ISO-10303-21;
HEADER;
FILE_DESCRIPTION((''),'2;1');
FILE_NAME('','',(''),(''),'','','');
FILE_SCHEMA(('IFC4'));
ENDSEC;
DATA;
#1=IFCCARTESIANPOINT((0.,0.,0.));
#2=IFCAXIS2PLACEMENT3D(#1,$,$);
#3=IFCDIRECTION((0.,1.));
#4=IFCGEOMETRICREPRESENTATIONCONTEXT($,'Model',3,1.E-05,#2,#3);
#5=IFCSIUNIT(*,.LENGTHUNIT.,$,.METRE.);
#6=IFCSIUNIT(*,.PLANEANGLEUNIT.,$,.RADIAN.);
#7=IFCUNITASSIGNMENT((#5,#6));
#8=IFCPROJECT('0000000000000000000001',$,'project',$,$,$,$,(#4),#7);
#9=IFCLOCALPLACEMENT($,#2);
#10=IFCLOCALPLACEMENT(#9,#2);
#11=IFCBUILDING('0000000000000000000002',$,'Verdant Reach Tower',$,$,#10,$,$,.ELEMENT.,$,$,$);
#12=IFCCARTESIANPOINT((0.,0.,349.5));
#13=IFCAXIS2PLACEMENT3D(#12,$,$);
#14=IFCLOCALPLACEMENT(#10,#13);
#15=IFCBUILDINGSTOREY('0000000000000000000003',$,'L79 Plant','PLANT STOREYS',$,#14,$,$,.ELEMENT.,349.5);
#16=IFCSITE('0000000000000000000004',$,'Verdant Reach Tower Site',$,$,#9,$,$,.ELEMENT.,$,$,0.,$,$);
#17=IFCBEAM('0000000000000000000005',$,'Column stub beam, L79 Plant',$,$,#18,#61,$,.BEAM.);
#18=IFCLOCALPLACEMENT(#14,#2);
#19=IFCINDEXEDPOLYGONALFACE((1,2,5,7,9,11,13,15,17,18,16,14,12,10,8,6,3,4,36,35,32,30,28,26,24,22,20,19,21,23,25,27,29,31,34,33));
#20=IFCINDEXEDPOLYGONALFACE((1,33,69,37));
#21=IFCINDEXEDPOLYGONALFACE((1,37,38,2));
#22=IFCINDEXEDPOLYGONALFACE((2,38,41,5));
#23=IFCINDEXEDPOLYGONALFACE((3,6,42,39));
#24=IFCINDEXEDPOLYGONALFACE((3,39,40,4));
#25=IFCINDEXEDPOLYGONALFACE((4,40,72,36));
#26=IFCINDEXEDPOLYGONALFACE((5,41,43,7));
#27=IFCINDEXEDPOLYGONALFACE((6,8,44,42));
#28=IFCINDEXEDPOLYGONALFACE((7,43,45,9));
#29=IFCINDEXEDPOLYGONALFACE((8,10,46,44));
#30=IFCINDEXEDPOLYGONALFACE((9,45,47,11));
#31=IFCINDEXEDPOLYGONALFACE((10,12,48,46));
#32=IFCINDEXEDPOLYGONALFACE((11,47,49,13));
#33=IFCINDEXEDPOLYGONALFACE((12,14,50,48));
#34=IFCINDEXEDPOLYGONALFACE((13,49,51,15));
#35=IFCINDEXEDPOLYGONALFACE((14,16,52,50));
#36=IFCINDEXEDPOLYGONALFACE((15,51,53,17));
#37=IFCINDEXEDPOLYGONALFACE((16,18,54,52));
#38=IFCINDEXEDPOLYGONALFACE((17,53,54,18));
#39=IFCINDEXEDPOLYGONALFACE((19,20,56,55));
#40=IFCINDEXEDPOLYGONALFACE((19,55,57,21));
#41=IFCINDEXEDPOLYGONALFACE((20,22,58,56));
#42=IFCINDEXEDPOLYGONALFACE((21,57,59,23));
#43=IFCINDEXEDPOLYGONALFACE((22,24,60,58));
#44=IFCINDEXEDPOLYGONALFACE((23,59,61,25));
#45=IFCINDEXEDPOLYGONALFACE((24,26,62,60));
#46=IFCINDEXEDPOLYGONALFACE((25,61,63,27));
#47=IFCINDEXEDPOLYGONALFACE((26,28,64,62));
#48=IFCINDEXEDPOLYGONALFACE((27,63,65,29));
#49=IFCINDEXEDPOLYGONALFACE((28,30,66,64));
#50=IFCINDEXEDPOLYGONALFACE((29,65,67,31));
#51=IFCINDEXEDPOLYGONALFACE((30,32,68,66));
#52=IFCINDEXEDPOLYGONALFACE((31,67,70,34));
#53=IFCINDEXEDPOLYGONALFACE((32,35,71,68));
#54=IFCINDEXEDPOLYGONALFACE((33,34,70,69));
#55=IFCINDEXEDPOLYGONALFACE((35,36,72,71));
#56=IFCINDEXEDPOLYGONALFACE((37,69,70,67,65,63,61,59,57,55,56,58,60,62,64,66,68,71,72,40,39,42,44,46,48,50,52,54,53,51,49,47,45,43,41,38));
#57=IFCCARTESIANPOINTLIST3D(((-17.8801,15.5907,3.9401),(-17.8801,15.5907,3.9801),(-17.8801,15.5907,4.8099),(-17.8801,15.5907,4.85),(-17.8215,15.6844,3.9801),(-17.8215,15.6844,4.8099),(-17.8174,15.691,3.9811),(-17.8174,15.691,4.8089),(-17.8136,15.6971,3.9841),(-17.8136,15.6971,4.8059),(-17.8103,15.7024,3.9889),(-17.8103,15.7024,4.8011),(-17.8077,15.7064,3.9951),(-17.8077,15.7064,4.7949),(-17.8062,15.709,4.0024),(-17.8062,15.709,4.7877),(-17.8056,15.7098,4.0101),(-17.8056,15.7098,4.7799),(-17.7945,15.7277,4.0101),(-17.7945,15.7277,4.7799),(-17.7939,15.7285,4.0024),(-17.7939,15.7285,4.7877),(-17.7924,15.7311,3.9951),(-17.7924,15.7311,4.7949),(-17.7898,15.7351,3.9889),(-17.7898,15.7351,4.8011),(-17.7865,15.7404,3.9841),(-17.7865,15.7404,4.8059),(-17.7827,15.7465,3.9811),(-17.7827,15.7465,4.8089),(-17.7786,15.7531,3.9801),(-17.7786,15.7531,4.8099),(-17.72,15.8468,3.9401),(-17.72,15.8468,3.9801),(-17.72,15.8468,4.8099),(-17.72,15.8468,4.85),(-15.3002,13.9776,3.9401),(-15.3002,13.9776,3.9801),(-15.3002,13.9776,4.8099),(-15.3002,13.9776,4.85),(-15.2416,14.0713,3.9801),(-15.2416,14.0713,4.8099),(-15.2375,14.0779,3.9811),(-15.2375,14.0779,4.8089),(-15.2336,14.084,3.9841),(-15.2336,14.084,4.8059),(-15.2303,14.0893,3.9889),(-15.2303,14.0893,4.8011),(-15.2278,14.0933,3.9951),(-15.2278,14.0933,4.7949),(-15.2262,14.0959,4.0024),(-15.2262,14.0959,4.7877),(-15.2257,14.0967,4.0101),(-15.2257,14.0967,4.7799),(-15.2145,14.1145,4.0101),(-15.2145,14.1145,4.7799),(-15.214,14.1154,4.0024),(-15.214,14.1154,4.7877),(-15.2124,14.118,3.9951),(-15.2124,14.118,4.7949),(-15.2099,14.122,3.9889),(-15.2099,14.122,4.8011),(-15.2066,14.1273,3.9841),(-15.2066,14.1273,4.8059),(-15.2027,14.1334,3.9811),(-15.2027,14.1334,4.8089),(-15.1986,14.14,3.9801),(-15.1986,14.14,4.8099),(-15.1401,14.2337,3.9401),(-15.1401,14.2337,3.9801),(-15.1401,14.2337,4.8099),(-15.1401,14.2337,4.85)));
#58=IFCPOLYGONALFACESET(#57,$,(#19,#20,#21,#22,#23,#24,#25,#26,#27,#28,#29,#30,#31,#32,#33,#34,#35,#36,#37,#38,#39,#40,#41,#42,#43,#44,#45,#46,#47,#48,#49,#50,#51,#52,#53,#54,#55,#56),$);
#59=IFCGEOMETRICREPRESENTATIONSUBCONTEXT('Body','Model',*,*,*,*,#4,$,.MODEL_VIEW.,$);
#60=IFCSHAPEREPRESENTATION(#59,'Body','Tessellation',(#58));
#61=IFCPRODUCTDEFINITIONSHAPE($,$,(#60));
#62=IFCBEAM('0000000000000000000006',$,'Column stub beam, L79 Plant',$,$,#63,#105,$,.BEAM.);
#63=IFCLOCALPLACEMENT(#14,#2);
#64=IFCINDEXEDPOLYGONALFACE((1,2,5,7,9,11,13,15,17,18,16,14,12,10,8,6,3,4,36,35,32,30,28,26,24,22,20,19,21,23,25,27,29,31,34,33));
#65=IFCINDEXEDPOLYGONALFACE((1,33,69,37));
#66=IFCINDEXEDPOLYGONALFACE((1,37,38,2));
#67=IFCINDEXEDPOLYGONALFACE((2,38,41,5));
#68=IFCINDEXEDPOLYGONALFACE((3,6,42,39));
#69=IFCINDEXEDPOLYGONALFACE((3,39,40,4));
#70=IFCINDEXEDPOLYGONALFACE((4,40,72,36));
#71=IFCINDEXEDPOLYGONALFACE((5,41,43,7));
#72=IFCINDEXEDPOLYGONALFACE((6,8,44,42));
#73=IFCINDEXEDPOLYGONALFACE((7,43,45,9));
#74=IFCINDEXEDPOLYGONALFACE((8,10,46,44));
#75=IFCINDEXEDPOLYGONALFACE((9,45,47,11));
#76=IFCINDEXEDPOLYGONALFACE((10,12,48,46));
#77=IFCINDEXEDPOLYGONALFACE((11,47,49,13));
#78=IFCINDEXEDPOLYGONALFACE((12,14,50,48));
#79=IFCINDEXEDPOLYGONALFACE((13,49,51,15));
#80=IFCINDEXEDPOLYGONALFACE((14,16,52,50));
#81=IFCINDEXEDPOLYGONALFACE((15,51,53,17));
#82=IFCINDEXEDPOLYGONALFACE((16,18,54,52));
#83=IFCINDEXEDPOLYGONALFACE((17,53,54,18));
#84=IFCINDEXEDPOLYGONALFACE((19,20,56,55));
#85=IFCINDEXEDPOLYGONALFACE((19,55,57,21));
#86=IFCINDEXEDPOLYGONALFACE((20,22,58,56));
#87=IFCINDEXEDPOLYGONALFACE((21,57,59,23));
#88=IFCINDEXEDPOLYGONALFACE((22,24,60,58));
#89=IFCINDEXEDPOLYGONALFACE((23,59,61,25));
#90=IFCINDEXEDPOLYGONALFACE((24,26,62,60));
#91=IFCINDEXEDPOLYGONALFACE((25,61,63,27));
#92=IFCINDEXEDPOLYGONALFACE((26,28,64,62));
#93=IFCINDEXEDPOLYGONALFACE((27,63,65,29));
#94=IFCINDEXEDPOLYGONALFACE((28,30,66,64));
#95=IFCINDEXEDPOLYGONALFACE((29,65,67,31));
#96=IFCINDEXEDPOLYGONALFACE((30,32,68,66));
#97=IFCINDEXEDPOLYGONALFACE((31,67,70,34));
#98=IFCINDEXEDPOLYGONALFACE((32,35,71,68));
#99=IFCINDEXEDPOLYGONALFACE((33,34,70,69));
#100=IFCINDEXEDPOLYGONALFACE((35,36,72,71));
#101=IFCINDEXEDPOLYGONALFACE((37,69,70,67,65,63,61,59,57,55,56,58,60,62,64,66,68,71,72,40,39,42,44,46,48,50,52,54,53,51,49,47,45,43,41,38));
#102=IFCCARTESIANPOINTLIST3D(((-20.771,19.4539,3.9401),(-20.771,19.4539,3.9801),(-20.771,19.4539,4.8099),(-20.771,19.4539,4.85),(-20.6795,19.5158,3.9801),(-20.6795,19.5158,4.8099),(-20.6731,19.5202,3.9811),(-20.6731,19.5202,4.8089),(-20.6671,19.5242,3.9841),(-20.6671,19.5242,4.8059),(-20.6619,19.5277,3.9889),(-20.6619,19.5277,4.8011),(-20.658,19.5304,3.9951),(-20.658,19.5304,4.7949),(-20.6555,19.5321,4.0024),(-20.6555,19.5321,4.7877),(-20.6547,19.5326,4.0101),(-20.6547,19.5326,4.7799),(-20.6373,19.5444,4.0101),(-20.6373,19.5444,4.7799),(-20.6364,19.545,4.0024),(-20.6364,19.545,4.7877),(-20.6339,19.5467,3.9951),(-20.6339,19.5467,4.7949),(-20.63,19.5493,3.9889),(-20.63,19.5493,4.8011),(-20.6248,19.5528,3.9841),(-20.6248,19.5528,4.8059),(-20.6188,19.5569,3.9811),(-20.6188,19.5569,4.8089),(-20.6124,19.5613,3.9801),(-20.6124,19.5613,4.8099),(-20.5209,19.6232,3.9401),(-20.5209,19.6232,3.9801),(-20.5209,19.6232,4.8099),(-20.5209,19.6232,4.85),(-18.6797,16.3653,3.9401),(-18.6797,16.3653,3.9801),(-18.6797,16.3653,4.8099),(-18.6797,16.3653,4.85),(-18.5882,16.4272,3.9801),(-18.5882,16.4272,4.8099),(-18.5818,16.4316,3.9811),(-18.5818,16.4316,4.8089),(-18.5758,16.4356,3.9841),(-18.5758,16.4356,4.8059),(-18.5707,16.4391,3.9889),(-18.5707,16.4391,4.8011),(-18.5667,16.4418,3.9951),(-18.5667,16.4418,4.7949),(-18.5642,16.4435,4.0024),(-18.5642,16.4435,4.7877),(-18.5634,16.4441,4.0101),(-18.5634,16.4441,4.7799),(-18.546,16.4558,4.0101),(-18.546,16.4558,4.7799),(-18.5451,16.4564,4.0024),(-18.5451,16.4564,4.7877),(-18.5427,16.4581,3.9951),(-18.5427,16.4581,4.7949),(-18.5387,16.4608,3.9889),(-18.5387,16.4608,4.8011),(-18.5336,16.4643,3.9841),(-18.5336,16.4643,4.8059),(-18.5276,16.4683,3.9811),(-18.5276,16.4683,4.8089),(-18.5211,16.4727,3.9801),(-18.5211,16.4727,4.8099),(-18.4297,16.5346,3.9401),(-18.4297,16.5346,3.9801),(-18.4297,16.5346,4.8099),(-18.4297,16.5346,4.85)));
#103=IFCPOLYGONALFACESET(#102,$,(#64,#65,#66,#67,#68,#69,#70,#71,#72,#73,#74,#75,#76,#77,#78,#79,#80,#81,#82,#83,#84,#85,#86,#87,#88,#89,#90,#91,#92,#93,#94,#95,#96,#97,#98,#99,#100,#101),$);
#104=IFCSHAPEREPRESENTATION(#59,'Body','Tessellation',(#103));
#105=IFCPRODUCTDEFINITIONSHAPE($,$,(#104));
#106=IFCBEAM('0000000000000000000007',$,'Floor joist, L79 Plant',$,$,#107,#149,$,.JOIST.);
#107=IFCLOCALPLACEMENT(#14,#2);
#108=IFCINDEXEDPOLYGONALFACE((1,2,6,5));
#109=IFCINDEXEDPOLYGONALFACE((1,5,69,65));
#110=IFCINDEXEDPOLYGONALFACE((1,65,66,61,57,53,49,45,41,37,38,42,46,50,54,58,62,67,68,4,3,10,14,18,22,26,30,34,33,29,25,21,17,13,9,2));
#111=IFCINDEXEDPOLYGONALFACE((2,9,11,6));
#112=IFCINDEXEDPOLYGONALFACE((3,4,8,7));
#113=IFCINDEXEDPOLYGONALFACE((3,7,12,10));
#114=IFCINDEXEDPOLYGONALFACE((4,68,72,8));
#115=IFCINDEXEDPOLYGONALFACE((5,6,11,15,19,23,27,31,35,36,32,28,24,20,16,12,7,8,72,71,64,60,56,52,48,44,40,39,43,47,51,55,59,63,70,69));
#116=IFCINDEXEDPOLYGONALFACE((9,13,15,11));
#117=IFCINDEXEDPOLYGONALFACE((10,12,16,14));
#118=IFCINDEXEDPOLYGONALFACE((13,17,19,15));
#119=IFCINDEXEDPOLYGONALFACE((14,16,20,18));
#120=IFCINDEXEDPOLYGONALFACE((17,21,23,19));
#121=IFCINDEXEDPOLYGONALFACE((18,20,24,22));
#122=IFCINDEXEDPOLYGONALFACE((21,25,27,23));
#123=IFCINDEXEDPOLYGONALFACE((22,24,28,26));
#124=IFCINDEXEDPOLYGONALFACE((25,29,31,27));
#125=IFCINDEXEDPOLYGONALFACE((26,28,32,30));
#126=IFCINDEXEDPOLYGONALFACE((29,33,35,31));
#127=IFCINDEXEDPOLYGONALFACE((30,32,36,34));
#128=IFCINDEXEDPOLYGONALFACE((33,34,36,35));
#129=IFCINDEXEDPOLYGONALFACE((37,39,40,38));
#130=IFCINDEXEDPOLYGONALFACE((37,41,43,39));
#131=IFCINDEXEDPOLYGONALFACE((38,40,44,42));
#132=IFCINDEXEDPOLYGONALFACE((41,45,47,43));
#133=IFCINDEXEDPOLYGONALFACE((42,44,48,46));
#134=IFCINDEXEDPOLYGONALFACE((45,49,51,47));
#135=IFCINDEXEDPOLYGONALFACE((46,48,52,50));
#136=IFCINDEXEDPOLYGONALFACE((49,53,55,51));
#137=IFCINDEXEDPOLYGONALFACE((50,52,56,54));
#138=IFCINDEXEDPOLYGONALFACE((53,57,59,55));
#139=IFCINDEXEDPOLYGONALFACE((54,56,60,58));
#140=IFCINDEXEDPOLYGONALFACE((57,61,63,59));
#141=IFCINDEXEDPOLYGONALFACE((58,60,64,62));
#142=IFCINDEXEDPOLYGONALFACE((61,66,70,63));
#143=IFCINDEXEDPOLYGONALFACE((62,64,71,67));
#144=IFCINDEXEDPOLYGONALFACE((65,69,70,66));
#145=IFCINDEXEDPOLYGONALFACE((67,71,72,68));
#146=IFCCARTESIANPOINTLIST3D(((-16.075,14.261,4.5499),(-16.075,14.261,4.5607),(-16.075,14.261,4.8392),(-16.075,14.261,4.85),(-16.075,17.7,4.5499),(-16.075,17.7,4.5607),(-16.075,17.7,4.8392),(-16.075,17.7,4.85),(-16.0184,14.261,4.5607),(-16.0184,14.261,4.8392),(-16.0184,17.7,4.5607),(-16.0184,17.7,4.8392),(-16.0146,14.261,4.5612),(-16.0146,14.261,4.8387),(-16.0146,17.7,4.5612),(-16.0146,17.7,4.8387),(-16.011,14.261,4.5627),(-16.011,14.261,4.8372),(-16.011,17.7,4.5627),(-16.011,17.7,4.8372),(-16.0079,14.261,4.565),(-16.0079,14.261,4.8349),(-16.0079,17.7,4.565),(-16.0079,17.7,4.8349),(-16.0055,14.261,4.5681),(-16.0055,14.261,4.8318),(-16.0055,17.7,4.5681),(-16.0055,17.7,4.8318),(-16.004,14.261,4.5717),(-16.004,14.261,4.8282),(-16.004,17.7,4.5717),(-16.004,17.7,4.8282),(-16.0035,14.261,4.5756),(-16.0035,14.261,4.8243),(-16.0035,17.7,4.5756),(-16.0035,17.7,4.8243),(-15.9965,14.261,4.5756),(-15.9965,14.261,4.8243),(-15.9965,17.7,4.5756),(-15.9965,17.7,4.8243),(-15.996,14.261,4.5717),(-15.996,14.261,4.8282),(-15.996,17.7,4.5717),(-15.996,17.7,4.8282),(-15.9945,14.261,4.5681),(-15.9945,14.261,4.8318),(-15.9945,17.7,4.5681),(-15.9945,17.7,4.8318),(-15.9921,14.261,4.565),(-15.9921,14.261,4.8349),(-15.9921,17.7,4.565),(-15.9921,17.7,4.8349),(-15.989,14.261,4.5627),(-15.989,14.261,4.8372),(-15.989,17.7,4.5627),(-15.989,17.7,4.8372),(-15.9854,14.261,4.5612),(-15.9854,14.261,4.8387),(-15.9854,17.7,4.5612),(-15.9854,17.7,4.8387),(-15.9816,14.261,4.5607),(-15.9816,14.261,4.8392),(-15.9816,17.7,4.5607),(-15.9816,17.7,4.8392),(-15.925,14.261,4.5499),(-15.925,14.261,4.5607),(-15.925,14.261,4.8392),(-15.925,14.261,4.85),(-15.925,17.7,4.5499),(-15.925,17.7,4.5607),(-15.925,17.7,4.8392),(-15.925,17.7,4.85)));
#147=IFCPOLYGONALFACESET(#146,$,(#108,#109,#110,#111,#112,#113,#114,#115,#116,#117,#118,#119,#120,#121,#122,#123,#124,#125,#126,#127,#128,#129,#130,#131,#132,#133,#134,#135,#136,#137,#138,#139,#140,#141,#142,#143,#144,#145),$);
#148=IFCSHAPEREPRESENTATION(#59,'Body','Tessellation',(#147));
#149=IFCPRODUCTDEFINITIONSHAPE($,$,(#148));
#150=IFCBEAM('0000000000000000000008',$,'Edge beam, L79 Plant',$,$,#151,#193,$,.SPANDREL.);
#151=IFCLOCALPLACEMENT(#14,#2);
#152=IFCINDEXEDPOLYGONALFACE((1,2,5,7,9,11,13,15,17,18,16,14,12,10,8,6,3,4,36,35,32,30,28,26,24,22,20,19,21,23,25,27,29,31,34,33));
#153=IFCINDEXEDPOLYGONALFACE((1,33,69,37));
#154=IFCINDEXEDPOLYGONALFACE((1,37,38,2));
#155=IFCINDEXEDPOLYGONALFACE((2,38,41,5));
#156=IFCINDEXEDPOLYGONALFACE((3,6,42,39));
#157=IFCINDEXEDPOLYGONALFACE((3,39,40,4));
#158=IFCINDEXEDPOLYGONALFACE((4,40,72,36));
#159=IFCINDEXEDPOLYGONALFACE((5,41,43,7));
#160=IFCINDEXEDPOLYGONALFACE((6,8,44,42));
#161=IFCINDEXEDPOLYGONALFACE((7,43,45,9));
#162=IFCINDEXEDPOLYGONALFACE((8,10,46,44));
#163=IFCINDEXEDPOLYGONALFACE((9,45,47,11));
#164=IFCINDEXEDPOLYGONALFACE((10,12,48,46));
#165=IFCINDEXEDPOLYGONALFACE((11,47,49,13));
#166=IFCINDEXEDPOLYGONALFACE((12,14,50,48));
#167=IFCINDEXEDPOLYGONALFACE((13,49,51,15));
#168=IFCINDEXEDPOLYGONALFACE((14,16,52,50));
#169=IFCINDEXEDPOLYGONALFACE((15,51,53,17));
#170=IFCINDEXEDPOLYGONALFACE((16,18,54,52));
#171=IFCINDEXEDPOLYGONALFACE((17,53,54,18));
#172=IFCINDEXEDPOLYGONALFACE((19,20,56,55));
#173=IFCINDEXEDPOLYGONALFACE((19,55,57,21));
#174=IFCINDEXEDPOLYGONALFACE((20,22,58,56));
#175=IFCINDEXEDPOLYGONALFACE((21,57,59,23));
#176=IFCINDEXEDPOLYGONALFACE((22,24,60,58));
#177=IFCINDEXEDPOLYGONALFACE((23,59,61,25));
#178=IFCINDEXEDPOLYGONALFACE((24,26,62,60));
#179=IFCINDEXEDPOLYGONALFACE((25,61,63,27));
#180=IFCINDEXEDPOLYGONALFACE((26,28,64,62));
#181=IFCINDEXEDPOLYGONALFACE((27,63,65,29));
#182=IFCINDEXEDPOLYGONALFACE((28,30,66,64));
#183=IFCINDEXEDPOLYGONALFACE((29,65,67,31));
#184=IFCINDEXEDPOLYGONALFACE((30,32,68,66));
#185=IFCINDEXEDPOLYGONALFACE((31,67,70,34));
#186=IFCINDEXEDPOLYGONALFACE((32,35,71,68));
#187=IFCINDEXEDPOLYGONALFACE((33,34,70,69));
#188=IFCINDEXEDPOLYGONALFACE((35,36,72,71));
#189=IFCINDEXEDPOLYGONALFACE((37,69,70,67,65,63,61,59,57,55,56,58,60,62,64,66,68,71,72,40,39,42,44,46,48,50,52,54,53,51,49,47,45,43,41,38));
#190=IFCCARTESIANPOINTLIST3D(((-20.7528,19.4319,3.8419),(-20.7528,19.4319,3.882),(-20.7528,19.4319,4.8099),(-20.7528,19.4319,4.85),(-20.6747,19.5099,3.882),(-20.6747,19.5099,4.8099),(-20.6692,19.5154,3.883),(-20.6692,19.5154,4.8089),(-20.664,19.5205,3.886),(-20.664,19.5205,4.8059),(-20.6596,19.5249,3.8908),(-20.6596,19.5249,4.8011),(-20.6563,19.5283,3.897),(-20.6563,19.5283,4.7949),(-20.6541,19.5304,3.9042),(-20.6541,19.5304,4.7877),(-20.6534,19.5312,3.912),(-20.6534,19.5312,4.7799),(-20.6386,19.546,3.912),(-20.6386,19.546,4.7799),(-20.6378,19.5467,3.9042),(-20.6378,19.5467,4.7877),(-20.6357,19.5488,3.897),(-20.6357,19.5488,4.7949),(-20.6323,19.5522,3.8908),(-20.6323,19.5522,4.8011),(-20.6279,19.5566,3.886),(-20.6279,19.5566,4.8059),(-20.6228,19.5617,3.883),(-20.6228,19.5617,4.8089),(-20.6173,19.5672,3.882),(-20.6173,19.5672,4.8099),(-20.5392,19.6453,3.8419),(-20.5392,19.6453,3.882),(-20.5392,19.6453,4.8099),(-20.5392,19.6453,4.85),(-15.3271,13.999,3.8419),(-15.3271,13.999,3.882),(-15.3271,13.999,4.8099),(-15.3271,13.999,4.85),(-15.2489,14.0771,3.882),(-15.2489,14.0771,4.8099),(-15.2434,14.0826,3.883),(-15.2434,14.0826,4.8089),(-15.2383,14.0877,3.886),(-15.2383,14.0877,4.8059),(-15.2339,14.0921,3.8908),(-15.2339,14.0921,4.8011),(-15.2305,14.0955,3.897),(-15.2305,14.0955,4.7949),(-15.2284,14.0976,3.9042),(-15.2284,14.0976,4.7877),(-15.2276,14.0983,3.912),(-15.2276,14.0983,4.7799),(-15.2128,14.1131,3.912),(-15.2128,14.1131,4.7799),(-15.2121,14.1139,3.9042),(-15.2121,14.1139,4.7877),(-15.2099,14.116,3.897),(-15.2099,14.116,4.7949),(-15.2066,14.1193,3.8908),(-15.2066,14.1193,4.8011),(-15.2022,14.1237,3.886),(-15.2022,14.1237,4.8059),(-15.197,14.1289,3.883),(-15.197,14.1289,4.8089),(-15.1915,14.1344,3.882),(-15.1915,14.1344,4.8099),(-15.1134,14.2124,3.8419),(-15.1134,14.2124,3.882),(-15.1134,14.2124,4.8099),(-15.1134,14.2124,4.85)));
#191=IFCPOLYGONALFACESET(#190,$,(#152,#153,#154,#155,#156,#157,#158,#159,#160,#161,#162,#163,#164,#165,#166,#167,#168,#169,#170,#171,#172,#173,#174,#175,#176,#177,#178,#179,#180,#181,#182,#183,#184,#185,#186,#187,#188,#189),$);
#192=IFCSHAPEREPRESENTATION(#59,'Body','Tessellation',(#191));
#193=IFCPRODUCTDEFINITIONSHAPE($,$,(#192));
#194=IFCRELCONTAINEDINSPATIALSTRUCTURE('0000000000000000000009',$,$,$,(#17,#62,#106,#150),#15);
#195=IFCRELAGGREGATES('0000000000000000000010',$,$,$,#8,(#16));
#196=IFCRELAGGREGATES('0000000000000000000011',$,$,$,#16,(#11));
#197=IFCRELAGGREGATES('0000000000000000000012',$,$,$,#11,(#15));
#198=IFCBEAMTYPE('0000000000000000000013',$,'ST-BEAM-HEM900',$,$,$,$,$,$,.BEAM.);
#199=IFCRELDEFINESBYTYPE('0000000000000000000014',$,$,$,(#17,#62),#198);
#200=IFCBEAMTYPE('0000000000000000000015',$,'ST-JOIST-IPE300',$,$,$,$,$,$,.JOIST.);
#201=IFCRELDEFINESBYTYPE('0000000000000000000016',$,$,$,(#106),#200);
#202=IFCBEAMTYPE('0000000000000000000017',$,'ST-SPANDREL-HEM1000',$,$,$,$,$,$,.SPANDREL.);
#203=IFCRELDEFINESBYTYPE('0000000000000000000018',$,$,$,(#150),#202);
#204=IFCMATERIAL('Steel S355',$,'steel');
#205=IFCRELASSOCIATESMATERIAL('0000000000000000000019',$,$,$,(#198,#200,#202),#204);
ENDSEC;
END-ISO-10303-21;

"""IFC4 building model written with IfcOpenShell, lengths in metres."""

from ifc_helpers import new_model, si_unit, direction, frame, origin, origin_2d, place, context, subcontext, project, spatial, i_section, extrude, material, material_profile, profile_set, type_object, element, save


model = new_model("IFC4")

# Units and contexts
model_context = context("Model", 3, precision=1e-05, world=origin(), true_north=direction((0.0, 1.0)))
body_context = subcontext(model_context, "Body", "Model", "MODEL_VIEW")
ifc_project = project(units=[si_unit("LENGTHUNIT", "METRE"), si_unit("PLANEANGLEUNIT", "RADIAN")], contexts=[model_context])

# Site, building, storey
site_placement = place(None, origin())
site = spatial("IfcSite", under=ifc_project, at=site_placement, Name="Verdant Reach Tower Site", CompositionType="ELEMENT", RefElevation=0.0)
building_placement = place(site_placement, origin())
building = spatial("IfcBuilding", under=site, at=building_placement, Name="Verdant Reach Tower", CompositionType="ELEMENT")
storey_placement = place(building_placement, frame((0.0, 0.0, 349.5)))
storey = spatial("IfcBuildingStorey", under=building, at=storey_placement, Name="L79 Plant", Description="PLANT STOREYS", CompositionType="ELEMENT", Elevation=349.5)

# Beams
ifc_material_1 = material(Name="Steel S355", Category="steel")
ifc_material_profile_1 = material_profile(ifc_material_1, i_section(OverallWidth=0.302, OverallDepth=0.9099, WebThickness=0.021, FlangeThickness=0.04, FilletRadius=0.03, at=origin_2d()), Name="HEM 900")
ifc_profile_set_1 = profile_set([ifc_material_profile_1], Name="Steel S355")
beam_type_1 = type_object("IfcBeamType", Name="ST-BEAM-HEM900", PredefinedType="BEAM", material=ifc_profile_set_1)
beam_1_placement = place(storey_placement, frame((-17.8, 15.7188, 4.395), z_axis=(0.847904, -0.53015, 0.0), x_axis=(0.53015, 0.847904, 0.0)))
element("IfcBeam", 1, at=beam_1_placement, inside=storey, type_object=beam_type_1, Name="Column stub beam, L79 Plant", PredefinedType="BEAM", context=body_context, shape_type="SweptSolid", body=[
    extrude(i_section(OverallWidth=0.302, OverallDepth=0.9099, WebThickness=0.021, FlangeThickness=0.04, FilletRadius=0.03, at=origin_2d()), origin(), (0.0, 0.0, 1.0), 3.0427),
])
beam_2_placement = place(storey_placement, frame((-18.5547, 16.45, 4.395), z_axis=(-0.560667, 0.828041, 0.0), x_axis=(-0.828041, -0.560667, 0.0)))
element("IfcBeam", 2, at=beam_2_placement, inside=storey, type_object=beam_type_1, Name="Column stub beam, L79 Plant", PredefinedType="BEAM", context=body_context, shape_type="SweptSolid", body=[
    extrude(i_section(OverallWidth=0.302, OverallDepth=0.9099, WebThickness=0.021, FlangeThickness=0.04, FilletRadius=0.03, at=origin_2d()), origin(), (0.0, 0.0, 1.0), 3.73),
])
ifc_material_profile_2 = material_profile(ifc_material_1, i_section(OverallWidth=0.1499, OverallDepth=0.3, WebThickness=0.0071, FlangeThickness=0.0107, FilletRadius=0.0149, at=origin_2d()), Name="IPE 300")
ifc_profile_set_2 = profile_set([ifc_material_profile_2], Name="Steel S355")
beam_type_2 = type_object("IfcBeamType", Name="ST-JOIST-IPE300", PredefinedType="JOIST", material=ifc_profile_set_2)
beam_3_placement = place(storey_placement, frame((-16.0, 17.7, 4.7), z_axis=(0.0, -1.0, 0.0), x_axis=(1.0, 0.0, 0.0)))
element("IfcBeam", 3, at=beam_3_placement, inside=storey, type_object=beam_type_2, Name="Floor joist, L79 Plant", PredefinedType="JOIST", context=body_context, shape_type="SweptSolid", body=[
    extrude(i_section(OverallWidth=0.1499, OverallDepth=0.3, WebThickness=0.0071, FlangeThickness=0.0107, FilletRadius=0.0149, at=origin_2d()), origin(), (0.0, 0.0, 1.0), 3.439),
])
ifc_material_profile_3 = material_profile(ifc_material_1, i_section(OverallWidth=0.302, OverallDepth=1.0081, WebThickness=0.021, FlangeThickness=0.04, FilletRadius=0.03, at=origin_2d()), Name="HEM 1000")
ifc_profile_set_3 = profile_set([ifc_material_profile_3], Name="Steel S355")
beam_type_3 = type_object("IfcBeamType", Name="ST-SPANDREL-HEM1000", PredefinedType="SPANDREL", material=ifc_profile_set_3)
beam_4_placement = place(storey_placement, frame((-15.2202, 14.1057, 4.3459), z_axis=(-0.706646, 0.707568, 0.0), x_axis=(-0.707568, -0.706646, 0.0)))
element("IfcBeam", 4, at=beam_4_placement, inside=storey, type_object=beam_type_3, Name="Edge beam, L79 Plant", PredefinedType="SPANDREL", context=body_context, shape_type="SweptSolid", body=[
    extrude(i_section(OverallWidth=0.302, OverallDepth=1.0081, WebThickness=0.021, FlangeThickness=0.04, FilletRadius=0.03, at=origin_2d()), origin(), (0.0, 0.0, 1.0), 7.6782),
])

save(model, "model.ifc")
